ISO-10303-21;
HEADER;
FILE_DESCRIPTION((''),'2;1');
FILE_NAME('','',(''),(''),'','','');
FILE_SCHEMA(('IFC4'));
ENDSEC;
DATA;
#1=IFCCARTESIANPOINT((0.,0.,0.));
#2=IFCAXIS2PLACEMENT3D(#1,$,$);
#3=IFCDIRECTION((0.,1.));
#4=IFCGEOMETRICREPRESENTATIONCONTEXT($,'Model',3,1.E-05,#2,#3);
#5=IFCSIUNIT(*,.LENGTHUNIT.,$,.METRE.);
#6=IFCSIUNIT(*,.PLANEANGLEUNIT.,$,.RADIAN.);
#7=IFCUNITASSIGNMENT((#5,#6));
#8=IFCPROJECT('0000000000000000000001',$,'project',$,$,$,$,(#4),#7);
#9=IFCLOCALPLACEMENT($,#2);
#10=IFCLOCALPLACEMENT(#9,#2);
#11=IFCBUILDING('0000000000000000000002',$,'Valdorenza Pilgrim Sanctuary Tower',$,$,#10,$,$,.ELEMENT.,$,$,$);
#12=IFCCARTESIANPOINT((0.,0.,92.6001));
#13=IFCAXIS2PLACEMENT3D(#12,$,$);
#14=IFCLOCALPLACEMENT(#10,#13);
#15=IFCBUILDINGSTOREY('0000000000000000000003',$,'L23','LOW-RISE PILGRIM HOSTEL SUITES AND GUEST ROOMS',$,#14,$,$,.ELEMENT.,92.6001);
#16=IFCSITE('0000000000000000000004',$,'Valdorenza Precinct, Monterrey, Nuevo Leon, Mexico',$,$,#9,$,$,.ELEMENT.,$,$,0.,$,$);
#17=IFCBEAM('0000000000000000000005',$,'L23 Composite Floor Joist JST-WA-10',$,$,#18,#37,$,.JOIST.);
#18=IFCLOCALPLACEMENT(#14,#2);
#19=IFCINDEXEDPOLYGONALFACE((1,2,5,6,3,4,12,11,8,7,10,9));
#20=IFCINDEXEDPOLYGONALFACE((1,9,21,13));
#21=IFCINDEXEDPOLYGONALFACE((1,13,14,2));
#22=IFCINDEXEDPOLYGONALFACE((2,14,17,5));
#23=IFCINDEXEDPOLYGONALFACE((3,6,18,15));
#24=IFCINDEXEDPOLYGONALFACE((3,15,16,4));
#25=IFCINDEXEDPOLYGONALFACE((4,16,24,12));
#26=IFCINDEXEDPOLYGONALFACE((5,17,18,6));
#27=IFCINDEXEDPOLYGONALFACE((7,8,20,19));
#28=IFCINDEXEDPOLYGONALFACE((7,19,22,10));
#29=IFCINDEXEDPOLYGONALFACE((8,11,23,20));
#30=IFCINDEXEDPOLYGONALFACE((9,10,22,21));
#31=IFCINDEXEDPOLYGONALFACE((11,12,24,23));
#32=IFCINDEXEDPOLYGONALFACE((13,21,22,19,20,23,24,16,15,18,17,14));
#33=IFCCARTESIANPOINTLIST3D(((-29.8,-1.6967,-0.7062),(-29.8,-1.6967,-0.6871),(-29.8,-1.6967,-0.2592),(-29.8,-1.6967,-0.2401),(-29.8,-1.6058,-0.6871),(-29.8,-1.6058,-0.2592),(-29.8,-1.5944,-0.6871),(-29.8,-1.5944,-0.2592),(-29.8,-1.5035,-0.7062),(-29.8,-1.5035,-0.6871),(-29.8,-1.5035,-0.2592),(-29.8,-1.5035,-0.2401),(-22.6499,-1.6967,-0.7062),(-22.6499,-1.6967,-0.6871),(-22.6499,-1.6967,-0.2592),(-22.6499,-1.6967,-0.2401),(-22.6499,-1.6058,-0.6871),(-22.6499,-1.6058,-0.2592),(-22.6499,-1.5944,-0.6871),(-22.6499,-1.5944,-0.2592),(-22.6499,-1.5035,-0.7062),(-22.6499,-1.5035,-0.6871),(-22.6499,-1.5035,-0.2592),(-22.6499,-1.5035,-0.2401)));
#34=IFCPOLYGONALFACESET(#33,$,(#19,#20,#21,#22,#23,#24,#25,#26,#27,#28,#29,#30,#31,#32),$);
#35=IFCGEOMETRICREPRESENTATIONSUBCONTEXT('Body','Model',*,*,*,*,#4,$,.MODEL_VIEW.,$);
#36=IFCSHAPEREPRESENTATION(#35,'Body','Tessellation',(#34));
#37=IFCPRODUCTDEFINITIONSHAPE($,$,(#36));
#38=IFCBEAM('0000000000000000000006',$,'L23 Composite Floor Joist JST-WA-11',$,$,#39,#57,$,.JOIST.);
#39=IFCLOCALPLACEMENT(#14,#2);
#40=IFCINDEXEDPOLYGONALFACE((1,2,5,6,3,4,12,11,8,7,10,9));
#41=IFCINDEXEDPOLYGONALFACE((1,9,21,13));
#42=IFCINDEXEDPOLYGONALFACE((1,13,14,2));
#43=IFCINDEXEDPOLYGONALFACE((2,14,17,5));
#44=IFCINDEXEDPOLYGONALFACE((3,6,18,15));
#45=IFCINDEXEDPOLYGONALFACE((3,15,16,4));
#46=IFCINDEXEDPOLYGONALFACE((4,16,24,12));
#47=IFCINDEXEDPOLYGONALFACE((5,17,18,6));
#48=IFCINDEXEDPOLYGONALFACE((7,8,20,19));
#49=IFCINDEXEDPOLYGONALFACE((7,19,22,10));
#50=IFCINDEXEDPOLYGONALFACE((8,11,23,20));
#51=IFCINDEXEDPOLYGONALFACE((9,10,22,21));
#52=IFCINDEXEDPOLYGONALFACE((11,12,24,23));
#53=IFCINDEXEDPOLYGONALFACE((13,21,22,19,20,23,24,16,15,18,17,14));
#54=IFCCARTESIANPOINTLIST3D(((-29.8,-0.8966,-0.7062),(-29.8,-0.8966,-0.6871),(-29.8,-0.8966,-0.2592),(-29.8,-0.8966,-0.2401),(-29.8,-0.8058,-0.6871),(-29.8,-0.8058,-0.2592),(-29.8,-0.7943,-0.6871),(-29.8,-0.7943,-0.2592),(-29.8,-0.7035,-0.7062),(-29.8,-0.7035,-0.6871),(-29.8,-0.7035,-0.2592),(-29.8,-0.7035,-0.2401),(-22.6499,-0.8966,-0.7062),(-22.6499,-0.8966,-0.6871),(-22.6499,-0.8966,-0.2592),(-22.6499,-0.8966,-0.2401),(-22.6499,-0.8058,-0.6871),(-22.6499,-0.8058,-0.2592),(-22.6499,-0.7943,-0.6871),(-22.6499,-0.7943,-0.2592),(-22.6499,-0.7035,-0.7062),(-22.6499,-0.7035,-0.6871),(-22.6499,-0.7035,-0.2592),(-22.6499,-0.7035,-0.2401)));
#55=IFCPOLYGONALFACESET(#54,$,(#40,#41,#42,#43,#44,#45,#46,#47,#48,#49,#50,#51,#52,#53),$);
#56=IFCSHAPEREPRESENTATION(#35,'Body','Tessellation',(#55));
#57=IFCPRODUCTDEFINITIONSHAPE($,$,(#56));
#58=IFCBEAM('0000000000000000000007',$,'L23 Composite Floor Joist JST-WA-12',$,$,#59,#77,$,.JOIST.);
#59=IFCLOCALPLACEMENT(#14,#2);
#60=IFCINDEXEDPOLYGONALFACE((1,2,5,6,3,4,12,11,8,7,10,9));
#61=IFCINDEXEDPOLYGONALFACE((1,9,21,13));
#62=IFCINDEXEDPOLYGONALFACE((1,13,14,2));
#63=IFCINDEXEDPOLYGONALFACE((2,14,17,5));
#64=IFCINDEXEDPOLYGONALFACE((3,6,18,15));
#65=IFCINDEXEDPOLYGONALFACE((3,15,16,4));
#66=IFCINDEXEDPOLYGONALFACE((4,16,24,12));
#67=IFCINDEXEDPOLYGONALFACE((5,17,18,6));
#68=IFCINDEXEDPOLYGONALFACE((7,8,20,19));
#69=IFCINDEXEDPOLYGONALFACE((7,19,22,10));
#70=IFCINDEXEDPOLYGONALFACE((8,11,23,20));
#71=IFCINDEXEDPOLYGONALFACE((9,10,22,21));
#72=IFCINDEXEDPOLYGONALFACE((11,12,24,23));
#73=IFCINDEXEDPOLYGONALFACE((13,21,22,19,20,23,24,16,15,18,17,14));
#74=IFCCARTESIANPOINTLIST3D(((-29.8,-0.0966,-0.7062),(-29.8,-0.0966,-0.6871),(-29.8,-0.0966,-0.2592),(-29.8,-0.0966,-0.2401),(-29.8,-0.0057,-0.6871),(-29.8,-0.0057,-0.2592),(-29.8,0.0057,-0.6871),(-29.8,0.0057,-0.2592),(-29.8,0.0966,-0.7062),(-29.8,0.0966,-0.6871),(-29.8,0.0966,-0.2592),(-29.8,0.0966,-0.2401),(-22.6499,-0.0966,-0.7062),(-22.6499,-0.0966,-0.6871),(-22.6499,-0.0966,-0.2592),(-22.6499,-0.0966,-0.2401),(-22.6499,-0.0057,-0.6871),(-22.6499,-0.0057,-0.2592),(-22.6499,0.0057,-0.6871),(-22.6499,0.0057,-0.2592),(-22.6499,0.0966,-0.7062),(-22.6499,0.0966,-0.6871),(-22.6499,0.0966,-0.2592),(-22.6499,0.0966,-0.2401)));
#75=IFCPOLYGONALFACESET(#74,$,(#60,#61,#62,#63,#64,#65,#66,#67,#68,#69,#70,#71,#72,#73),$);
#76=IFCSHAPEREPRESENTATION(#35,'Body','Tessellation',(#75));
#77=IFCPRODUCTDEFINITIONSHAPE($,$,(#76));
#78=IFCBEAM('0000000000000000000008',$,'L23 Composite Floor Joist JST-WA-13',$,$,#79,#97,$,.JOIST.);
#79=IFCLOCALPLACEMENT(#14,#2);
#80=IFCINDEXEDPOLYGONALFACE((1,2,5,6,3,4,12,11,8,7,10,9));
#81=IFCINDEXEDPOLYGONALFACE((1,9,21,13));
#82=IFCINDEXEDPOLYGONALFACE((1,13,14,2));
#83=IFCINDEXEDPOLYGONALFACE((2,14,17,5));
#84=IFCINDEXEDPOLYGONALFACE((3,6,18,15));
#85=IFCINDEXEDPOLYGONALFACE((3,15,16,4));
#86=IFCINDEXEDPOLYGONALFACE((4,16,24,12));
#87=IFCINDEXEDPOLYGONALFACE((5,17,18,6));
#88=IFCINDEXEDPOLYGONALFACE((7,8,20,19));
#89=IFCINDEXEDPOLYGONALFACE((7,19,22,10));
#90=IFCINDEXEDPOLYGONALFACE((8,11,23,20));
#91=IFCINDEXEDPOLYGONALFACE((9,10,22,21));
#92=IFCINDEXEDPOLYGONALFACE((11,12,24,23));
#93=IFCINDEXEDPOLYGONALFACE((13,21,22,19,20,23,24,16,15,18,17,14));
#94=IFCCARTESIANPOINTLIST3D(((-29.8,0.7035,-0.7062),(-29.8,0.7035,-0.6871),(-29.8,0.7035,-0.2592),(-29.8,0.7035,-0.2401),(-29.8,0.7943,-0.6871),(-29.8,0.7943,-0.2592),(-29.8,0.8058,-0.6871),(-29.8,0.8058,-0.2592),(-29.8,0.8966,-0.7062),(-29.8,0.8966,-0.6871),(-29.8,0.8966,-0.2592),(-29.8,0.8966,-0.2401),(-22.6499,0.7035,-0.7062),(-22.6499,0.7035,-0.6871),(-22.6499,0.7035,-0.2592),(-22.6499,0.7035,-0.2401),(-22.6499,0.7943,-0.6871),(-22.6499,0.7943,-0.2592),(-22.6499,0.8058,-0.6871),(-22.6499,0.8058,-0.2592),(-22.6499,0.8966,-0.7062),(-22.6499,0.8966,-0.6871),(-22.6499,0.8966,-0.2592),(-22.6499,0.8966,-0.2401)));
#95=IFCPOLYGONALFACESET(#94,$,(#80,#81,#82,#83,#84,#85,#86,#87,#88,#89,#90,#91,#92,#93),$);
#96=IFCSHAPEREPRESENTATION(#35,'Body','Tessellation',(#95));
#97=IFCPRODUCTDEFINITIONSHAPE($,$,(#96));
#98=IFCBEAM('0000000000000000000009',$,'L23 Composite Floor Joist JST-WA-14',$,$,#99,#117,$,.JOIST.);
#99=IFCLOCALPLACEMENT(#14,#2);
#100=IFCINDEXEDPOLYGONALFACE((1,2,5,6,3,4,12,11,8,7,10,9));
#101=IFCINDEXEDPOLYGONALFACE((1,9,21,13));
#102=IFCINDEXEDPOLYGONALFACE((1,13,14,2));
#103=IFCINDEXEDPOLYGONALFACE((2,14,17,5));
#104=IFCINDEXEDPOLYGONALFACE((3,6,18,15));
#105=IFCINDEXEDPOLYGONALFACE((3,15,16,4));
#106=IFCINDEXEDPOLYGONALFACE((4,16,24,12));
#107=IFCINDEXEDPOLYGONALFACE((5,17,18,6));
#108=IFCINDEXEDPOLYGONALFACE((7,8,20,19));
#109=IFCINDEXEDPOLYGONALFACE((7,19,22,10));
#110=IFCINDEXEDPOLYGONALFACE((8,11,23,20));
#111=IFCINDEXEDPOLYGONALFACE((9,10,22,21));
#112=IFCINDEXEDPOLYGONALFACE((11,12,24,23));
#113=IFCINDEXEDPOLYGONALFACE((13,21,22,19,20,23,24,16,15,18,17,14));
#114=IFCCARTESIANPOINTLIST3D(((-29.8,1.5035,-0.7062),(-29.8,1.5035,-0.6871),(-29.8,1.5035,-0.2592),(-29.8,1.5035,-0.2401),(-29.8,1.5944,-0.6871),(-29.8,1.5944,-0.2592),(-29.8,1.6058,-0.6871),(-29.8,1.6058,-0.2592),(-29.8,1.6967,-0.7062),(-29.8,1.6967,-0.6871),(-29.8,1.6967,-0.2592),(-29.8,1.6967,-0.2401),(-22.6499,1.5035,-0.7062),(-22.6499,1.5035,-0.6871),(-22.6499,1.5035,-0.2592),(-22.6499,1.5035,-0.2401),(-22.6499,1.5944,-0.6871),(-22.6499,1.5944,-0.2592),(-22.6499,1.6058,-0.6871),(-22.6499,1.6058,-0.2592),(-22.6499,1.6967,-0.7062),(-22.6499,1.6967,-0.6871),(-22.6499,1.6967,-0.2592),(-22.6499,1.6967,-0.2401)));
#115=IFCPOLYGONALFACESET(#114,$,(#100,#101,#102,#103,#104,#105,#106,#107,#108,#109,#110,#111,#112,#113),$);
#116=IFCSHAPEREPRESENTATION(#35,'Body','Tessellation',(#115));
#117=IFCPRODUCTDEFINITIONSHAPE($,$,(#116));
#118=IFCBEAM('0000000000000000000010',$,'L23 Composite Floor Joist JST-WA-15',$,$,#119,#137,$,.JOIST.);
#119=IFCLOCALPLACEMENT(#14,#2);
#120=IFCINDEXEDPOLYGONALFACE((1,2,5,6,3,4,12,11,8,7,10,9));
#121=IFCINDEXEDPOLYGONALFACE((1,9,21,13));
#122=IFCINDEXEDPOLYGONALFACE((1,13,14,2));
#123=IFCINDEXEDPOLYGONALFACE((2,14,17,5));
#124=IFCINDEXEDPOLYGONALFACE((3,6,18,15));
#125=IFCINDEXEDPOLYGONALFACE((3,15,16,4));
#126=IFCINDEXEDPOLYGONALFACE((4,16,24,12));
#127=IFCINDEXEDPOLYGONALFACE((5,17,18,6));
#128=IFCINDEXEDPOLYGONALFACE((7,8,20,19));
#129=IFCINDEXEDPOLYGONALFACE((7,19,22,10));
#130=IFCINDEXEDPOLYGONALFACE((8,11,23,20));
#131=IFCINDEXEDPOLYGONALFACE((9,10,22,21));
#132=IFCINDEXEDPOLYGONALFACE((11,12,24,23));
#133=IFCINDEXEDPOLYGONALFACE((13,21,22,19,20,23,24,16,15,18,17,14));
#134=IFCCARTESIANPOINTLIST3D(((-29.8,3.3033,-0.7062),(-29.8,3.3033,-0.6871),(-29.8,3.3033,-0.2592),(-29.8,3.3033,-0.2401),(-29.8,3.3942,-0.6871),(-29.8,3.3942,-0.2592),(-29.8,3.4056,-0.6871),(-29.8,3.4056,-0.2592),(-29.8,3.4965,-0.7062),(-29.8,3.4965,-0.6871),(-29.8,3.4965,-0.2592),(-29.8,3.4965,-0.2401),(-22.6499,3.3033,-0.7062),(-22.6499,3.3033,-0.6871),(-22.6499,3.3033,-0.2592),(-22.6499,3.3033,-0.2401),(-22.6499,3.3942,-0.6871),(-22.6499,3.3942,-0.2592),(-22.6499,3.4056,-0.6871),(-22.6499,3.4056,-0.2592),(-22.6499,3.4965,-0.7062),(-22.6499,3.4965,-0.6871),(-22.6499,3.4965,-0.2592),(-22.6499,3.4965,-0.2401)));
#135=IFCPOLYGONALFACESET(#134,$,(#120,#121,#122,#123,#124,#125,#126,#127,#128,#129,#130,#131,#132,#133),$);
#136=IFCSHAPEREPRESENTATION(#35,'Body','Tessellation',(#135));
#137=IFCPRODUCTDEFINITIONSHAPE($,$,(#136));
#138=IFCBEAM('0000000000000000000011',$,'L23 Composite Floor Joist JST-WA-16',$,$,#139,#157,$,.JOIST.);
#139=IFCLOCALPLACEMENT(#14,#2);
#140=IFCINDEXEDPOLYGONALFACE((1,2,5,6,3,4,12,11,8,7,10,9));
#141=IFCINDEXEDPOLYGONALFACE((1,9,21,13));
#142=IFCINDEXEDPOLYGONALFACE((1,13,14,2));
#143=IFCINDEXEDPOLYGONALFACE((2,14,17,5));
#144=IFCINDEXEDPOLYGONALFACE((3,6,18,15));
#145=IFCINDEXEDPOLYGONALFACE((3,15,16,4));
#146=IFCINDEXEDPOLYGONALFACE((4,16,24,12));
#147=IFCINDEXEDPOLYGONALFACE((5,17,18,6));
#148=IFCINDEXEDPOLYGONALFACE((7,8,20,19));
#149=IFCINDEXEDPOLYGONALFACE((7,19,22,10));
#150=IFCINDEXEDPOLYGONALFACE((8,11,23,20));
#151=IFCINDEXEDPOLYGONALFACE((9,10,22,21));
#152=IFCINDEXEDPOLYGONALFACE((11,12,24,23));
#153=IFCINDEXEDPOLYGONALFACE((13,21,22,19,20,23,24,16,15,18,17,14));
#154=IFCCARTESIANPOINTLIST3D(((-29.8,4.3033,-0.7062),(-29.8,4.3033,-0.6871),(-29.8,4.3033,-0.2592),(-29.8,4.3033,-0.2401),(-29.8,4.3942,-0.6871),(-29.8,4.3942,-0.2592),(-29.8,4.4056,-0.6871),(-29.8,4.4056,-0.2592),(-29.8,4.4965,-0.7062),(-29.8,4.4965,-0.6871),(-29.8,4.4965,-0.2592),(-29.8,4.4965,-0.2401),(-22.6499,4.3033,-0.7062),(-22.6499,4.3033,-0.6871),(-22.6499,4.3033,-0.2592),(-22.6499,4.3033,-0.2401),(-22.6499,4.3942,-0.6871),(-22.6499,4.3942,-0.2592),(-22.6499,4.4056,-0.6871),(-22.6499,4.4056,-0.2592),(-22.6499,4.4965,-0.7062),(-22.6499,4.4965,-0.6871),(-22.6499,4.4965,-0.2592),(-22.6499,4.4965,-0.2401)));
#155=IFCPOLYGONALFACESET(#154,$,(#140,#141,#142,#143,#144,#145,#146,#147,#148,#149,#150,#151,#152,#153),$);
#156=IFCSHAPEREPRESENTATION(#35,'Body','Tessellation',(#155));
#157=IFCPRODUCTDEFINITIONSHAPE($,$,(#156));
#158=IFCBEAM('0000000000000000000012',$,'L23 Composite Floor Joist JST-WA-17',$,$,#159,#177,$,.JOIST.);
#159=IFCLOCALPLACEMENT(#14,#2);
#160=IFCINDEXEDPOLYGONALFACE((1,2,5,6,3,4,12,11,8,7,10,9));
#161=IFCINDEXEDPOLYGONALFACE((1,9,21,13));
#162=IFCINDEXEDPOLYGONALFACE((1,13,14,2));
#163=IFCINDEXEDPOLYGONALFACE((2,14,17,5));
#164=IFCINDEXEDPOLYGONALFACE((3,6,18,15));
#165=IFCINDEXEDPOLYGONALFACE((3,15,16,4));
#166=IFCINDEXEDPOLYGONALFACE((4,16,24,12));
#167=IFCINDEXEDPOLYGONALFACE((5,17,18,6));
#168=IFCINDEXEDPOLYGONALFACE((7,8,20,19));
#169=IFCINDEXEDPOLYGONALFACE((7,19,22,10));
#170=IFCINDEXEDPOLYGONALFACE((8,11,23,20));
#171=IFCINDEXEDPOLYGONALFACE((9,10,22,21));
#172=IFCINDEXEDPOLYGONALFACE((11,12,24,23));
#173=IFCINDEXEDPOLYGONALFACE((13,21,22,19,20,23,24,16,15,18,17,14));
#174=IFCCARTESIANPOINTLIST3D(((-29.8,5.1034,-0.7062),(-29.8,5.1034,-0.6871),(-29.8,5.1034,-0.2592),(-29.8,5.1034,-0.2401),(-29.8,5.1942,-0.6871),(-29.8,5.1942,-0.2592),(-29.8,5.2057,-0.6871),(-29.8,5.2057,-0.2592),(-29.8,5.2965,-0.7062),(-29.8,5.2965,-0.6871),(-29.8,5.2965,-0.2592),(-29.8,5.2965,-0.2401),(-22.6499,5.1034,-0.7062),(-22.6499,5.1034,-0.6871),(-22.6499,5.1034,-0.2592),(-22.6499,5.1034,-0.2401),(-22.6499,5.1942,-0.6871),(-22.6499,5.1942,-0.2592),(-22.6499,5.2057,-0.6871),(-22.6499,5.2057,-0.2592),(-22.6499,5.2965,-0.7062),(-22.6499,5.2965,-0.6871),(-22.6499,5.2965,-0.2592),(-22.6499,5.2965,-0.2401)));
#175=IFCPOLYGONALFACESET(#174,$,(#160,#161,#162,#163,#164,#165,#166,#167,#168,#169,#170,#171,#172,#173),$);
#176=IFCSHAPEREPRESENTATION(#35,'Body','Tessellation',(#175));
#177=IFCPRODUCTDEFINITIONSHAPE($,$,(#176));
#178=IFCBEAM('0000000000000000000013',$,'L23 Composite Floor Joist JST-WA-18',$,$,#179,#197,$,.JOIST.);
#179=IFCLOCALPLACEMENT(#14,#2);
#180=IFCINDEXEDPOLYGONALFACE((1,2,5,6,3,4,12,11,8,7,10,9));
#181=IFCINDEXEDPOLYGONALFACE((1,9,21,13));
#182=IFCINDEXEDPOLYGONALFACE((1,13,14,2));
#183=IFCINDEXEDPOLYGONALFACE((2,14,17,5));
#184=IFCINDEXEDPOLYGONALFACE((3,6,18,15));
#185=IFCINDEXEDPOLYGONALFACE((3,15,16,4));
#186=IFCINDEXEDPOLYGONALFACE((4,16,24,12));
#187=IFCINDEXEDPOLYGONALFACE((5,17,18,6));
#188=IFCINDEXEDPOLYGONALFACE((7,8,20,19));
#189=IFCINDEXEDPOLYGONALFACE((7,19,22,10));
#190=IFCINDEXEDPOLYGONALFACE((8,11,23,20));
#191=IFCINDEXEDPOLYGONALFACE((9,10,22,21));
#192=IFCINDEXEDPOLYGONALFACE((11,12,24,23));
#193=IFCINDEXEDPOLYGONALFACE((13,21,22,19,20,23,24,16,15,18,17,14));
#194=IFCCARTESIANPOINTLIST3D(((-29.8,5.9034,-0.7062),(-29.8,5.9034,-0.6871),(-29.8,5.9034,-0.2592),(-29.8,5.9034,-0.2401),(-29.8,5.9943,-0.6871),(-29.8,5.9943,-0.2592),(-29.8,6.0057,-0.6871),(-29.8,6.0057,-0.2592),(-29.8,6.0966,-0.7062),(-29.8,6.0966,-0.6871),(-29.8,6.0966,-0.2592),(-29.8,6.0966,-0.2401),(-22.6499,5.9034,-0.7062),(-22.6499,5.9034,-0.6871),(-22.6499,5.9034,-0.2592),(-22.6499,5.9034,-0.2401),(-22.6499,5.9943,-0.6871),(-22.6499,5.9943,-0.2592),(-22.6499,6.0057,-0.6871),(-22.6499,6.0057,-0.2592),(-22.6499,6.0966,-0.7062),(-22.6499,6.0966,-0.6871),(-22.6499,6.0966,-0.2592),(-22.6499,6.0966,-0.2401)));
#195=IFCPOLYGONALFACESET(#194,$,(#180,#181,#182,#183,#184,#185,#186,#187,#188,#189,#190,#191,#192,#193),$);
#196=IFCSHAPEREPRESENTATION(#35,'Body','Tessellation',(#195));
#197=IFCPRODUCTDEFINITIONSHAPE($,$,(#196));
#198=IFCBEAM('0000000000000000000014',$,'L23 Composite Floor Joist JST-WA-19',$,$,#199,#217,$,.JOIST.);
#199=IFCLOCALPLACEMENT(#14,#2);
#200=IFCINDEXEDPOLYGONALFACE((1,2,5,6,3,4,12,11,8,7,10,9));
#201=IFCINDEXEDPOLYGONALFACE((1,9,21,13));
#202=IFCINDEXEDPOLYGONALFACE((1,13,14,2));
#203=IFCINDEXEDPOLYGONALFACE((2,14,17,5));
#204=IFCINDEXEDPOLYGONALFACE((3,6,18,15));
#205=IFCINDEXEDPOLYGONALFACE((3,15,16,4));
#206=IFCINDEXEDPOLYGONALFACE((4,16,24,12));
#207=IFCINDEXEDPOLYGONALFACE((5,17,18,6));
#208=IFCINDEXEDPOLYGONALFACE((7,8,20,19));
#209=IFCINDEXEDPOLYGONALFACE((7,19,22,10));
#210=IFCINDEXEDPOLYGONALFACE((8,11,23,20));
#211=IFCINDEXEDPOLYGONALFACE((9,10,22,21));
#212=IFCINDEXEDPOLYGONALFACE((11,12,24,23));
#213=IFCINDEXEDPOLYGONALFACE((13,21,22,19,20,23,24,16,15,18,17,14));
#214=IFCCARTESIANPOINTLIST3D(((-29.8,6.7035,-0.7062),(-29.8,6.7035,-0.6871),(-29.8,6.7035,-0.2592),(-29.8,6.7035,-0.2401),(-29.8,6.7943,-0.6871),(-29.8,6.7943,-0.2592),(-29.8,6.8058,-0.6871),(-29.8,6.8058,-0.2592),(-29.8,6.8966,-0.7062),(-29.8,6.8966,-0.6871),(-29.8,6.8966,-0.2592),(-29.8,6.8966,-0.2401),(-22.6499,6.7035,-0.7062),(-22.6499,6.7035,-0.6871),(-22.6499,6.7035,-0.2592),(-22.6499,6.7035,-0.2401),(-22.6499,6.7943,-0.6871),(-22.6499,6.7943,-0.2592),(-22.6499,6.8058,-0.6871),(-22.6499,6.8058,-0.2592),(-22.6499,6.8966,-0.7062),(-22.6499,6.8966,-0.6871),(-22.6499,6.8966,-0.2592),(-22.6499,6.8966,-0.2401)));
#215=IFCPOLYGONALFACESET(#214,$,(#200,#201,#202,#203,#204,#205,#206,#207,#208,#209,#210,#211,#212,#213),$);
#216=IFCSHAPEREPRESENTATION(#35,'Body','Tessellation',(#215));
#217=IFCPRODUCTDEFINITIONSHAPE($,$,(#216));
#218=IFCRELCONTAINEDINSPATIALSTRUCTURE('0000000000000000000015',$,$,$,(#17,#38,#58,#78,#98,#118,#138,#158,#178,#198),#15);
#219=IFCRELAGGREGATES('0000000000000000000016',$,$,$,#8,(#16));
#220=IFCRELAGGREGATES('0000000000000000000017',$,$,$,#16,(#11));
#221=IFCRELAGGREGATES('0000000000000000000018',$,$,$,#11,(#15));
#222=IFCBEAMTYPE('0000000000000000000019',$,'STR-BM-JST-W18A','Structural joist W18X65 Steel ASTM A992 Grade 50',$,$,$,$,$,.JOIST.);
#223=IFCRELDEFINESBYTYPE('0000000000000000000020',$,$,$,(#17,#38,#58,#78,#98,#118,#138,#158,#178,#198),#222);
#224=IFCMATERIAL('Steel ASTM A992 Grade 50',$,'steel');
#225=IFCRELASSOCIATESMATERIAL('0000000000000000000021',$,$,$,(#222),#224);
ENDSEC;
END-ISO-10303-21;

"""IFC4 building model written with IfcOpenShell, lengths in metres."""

from ifc_helpers import new_model, si_unit, direction, frame, origin, origin_2d, place, context, subcontext, project, spatial, i_section, extrude, source, transform, mapped, material, material_profile, profile_set, type_object, element, save


model = new_model("IFC4")

# Units and contexts
model_context = context("Model", 3, precision=1e-05, world=origin(), true_north=direction((0.0, 1.0)))
body_context = subcontext(model_context, "Body", "Model", "MODEL_VIEW")
ifc_project = project(units=[si_unit("LENGTHUNIT", "METRE"), si_unit("PLANEANGLEUNIT", "RADIAN")], contexts=[model_context])

# Site, building, storey
site_placement = place(None, origin())
site = spatial("IfcSite", under=ifc_project, at=site_placement, Name="Valdorenza Precinct, Monterrey, Nuevo Leon, Mexico", CompositionType="ELEMENT", RefElevation=0.0)
building_placement = place(site_placement, origin())
building = spatial("IfcBuilding", under=site, at=building_placement, Name="Valdorenza Pilgrim Sanctuary Tower", CompositionType="ELEMENT")
storey_placement = place(building_placement, frame((0.0, 0.0, 92.6001)))
storey = spatial("IfcBuildingStorey", under=building, at=storey_placement, Name="L23", Description="LOW-RISE PILGRIM HOSTEL SUITES AND GUEST ROOMS", CompositionType="ELEMENT", Elevation=92.6001)

# Beams
ifc_material_1 = material(Name="Steel ASTM A992 Grade 50", Category="steel")
ifc_material_profile_1 = material_profile(ifc_material_1, i_section(OverallWidth=0.1931, OverallDepth=0.4661, WebThickness=0.0115, FlangeThickness=0.019, at=origin_2d()), Name="W18X65")
ifc_profile_set_1 = profile_set([ifc_material_profile_1], Name="Steel ASTM A992 Grade 50")
beam_type = type_object("IfcBeamType", Name="STR-BM-JST-W18A", Description="Structural joist W18X65 Steel ASTM A992 Grade 50", PredefinedType="JOIST", material=ifc_profile_set_1)
shared_shape_1 = source(origin(), body_context, "Body", "SweptSolid", [
    extrude(i_section(OverallWidth=0.1931, OverallDepth=0.4661, WebThickness=0.0115, FlangeThickness=0.019, at=origin_2d()), origin(), (0.0, 0.0, 1.0), 7.1501),
])
for number, where, z_axis, x_axis, name in (
    (1, (-29.8, -1.6001, -0.4731), (1.0, 0.0, 0.0), (0.0, 1.0, 0.0), "L23 Composite Floor Joist JST-WA-10"),
    (2, (-29.8, -0.8, -0.4731), (1.0, 0.0, 0.0), (0.0, 1.0, 0.0), "L23 Composite Floor Joist JST-WA-11"),
    (3, (-29.8, 0.0, -0.4731), (1.0, 0.0, 0.0), (0.0, 1.0, 0.0), "L23 Composite Floor Joist JST-WA-12"),
    (4, (-29.8, 0.8, -0.4731), (1.0, 0.0, 0.0), (0.0, 1.0, 0.0), "L23 Composite Floor Joist JST-WA-13"),
    (5, (-29.8, 1.6001, -0.4731), (1.0, 0.0, 0.0), (0.0, 1.0, 0.0), "L23 Composite Floor Joist JST-WA-14"),
    (6, (-29.8, 3.3999, -0.4731), (1.0, 0.0, 0.0), (0.0, 1.0, 0.0), "L23 Composite Floor Joist JST-WA-15"),
    (7, (-29.8, 4.3999, -0.4731), (1.0, 0.0, 0.0), (0.0, 1.0, 0.0), "L23 Composite Floor Joist JST-WA-16"),
    (8, (-29.8, 5.2, -0.4731), (1.0, 0.0, 0.0), (0.0, 1.0, 0.0), "L23 Composite Floor Joist JST-WA-17"),
    (9, (-29.8, 6.0, -0.4731), (1.0, 0.0, 0.0), (0.0, 1.0, 0.0), "L23 Composite Floor Joist JST-WA-18"),
    (10, (-29.8, 6.8, -0.4731), (1.0, 0.0, 0.0), (0.0, 1.0, 0.0), "L23 Composite Floor Joist JST-WA-19"),
):
    element("IfcBeam", number, at=place(storey_placement, frame(where, z_axis=z_axis, x_axis=x_axis)), inside=storey, type_object=beam_type, Name=name, PredefinedType="JOIST", context=body_context, shape_type="MappedRepresentation", body=[
        mapped(shared_shape_1, transform((0.0, 0.0, 0.0), x_axis=(1.0, 0.0, 0.0), y_axis=(0.0, 1.0, 0.0), z_axis=(0.0, 0.0, 1.0), scale=1.0)),
    ])

save(model, "model.ifc")
